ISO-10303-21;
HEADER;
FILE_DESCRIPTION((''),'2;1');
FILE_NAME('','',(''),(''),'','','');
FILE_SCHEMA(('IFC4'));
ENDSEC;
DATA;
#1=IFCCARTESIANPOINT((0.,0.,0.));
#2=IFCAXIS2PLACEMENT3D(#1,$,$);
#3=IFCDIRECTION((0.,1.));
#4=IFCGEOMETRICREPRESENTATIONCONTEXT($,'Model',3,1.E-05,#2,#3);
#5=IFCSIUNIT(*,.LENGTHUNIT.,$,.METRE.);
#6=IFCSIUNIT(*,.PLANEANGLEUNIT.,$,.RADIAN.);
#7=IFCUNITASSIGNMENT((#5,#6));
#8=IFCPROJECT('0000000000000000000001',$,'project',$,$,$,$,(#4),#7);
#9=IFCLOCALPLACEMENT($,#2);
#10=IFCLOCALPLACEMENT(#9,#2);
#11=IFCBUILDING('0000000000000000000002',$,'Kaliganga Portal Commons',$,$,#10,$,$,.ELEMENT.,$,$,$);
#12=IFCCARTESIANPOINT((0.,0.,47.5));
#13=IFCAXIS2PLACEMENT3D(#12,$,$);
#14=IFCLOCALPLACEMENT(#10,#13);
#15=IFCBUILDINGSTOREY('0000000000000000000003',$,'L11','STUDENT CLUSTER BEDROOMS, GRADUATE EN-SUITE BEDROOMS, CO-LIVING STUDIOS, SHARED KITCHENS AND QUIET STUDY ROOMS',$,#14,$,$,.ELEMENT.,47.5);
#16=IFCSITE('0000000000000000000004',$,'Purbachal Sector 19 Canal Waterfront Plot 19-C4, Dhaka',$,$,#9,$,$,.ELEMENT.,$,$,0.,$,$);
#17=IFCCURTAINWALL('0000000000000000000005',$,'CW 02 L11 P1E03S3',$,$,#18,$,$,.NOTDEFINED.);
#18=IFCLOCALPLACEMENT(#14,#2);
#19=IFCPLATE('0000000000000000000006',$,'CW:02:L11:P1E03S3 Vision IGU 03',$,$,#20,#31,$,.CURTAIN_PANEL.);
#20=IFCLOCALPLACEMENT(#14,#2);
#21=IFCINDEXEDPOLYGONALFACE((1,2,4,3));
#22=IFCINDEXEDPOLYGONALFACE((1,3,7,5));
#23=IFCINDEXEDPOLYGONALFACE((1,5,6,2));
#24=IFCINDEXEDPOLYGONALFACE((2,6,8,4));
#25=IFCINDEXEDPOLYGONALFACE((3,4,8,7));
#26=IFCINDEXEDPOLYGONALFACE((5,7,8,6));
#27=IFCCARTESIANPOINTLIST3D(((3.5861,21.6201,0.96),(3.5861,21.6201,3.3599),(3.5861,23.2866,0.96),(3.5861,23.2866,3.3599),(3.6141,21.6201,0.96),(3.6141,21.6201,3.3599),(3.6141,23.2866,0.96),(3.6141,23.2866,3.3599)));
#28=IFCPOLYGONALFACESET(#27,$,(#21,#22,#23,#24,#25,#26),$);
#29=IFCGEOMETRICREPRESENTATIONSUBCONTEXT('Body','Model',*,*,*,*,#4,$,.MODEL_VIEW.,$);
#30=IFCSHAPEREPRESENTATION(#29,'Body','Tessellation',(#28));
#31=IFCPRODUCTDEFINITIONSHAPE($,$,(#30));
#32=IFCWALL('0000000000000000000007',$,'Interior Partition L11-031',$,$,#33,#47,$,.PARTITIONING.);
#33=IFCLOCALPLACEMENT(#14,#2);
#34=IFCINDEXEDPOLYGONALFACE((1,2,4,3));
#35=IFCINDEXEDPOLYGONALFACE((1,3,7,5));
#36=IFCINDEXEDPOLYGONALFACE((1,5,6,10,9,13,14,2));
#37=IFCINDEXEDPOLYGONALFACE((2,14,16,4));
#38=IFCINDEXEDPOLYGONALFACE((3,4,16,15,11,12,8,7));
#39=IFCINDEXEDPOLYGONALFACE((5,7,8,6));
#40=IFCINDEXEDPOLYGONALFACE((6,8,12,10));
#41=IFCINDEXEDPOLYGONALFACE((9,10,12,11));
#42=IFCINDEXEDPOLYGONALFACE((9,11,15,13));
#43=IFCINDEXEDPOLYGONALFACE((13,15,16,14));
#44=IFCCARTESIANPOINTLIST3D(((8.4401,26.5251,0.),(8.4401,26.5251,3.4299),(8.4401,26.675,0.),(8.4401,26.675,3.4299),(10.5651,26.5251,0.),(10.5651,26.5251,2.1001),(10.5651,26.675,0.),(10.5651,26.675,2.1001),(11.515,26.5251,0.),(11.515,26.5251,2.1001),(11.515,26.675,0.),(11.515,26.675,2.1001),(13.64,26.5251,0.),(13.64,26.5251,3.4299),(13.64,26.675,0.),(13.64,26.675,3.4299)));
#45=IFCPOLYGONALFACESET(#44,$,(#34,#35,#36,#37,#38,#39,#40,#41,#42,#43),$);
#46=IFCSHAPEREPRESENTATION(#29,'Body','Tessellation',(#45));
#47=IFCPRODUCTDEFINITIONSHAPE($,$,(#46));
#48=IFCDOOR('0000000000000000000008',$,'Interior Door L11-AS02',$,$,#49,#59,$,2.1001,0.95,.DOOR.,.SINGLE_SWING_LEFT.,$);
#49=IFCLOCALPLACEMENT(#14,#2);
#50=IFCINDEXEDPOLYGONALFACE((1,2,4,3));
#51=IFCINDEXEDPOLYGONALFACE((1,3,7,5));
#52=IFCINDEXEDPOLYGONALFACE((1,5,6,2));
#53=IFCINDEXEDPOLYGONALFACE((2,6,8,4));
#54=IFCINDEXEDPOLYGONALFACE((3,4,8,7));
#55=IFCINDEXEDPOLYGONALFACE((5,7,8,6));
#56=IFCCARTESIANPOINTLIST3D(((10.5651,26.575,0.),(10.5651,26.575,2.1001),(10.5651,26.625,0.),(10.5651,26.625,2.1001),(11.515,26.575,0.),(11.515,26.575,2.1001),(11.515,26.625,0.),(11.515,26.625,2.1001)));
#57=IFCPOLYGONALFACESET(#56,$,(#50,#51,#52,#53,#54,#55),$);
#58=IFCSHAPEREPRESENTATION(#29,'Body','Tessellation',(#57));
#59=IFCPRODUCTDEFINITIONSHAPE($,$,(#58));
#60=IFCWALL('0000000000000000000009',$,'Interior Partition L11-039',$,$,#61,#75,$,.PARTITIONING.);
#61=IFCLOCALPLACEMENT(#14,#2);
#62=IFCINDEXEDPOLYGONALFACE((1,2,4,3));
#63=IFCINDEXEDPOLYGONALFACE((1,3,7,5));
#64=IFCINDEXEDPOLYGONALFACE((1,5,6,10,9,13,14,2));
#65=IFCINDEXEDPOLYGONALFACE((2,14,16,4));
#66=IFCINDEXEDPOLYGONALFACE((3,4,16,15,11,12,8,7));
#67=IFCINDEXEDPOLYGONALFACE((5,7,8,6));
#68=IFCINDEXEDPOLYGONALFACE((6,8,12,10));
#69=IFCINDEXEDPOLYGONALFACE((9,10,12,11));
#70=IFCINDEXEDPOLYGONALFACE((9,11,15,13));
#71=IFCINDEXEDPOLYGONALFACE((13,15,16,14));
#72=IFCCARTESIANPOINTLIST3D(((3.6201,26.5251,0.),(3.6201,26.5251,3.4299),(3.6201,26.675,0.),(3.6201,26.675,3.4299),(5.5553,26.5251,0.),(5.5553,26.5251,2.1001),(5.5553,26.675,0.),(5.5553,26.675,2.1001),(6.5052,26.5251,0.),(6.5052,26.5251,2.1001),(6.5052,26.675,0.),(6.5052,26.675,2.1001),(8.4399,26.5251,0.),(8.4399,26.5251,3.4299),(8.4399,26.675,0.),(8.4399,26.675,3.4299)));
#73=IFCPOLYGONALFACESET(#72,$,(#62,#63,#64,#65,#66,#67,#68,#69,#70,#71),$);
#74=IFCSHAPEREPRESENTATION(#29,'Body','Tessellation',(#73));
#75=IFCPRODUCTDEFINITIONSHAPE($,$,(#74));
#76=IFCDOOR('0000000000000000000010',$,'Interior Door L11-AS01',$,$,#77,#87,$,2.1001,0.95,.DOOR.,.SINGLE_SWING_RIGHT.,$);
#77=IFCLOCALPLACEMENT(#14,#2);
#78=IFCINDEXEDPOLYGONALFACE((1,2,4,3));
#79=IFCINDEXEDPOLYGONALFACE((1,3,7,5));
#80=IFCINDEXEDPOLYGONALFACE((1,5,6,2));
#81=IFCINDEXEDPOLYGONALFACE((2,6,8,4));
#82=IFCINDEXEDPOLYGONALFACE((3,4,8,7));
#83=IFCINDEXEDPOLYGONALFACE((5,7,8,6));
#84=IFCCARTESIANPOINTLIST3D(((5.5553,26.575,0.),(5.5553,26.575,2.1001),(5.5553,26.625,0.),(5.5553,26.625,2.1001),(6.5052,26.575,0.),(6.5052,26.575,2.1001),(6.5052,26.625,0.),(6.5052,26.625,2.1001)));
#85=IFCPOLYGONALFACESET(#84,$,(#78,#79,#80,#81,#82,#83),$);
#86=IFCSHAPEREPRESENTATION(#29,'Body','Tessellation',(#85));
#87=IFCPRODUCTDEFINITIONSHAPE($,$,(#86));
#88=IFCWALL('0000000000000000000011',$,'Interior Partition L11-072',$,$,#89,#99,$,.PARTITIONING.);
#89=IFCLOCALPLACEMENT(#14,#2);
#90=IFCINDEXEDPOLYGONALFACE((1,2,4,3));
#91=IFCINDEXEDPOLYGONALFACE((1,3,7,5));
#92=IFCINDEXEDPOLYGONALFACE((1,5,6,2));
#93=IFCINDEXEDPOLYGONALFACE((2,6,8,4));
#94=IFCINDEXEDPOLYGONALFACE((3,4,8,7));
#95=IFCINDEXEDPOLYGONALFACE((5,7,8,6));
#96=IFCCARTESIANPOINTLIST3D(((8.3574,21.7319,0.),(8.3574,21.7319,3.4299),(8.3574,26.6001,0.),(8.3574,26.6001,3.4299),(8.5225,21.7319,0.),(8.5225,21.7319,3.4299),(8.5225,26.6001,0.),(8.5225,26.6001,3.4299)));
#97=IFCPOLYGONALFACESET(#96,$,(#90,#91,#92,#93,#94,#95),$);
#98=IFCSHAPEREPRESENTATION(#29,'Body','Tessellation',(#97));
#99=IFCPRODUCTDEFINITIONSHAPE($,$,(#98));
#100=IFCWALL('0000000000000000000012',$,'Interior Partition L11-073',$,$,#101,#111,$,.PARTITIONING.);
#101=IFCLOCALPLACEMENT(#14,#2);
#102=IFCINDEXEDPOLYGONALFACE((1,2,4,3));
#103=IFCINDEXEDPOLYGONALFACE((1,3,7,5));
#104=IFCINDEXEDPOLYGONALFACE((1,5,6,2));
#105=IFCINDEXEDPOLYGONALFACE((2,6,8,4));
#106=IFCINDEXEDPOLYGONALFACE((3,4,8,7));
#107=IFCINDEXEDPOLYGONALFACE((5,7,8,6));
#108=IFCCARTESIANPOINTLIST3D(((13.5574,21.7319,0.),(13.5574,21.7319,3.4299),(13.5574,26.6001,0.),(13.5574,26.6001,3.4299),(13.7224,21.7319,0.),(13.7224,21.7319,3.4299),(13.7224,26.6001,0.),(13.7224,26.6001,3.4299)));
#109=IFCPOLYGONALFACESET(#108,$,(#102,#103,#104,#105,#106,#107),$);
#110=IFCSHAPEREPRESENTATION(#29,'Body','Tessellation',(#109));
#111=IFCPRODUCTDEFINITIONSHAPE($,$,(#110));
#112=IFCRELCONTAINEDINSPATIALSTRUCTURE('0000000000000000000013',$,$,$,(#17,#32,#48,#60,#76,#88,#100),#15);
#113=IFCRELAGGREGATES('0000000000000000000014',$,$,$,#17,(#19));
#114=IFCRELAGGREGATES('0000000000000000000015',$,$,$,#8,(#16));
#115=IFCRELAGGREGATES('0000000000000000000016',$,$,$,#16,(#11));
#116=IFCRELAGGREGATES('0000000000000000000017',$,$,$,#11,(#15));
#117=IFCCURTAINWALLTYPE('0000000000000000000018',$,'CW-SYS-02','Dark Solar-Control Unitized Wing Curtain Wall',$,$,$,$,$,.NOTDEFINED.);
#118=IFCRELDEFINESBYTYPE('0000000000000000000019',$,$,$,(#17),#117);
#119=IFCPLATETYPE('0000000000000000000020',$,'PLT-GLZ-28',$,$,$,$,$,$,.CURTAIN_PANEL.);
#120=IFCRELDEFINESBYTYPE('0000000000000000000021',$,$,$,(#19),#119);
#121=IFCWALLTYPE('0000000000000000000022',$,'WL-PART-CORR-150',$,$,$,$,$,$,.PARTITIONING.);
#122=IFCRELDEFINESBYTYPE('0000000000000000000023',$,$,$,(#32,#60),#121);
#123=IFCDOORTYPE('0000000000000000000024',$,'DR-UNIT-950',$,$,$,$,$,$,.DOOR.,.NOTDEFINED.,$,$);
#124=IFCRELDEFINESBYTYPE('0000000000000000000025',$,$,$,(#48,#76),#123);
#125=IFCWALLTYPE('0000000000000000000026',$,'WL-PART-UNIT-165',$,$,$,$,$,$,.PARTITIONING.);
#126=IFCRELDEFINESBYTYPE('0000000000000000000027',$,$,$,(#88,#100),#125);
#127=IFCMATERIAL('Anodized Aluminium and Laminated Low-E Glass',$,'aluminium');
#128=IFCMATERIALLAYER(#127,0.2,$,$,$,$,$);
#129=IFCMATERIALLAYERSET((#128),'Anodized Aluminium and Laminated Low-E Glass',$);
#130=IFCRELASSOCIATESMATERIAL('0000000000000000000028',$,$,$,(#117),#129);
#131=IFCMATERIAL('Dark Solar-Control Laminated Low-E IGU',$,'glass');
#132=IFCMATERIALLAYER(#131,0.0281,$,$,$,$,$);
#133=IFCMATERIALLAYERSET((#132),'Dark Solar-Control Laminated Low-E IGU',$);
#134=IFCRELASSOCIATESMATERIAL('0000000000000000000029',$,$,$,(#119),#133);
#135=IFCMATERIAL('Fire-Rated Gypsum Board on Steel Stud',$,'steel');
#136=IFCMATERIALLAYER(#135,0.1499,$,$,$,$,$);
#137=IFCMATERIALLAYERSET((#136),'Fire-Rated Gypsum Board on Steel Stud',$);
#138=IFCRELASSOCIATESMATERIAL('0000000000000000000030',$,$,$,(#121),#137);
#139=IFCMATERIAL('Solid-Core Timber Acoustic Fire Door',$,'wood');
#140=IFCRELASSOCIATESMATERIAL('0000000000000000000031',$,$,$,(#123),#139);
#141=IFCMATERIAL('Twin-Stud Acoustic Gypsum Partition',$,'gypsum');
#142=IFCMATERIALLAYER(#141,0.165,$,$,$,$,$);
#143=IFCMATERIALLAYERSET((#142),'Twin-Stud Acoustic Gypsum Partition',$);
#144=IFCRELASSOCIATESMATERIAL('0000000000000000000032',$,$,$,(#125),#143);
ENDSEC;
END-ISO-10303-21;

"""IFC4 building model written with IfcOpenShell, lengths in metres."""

from ifc_helpers import new_model, si_unit, direction, frame, frame_2d, origin, origin_2d, place, context, subcontext, project, spatial, rectangle, extrude, source, transform, mapped, material, layer, layer_set, type_object, element, fill, aggregate, save


model = new_model("IFC4")

# Units and contexts
model_context = context("Model", 3, precision=1e-05, world=origin(), true_north=direction((0.0, 1.0)))
body_context = subcontext(model_context, "Body", "Model", "MODEL_VIEW")
ifc_project = project(units=[si_unit("LENGTHUNIT", "METRE"), si_unit("PLANEANGLEUNIT", "RADIAN")], contexts=[model_context])

# Site, building, storey
site_placement = place(None, origin())
site = spatial("IfcSite", under=ifc_project, at=site_placement, Name="Purbachal Sector 19 Canal Waterfront Plot 19-C4, Dhaka", CompositionType="ELEMENT", RefElevation=0.0)
building_placement = place(site_placement, origin())
building = spatial("IfcBuilding", under=site, at=building_placement, Name="Kaliganga Portal Commons", CompositionType="ELEMENT")
storey_placement = place(building_placement, frame((0.0, 0.0, 47.5)))
storey = spatial("IfcBuildingStorey", under=building, at=storey_placement, Name="L11", Description="STUDENT CLUSTER BEDROOMS, GRADUATE EN-SUITE BEDROOMS, CO-LIVING STUDIOS, SHARED KITCHENS AND QUIET STUDY ROOMS", CompositionType="ELEMENT", Elevation=47.5)

# Curtain wall
ifc_material_1 = material(Name="Anodized Aluminium and Laminated Low-E Glass", Category="aluminium")
ifc_layer_1 = layer(ifc_material_1, 0.2)
ifc_layer_set_1 = layer_set([ifc_layer_1], Name="Anodized Aluminium and Laminated Low-E Glass")
curtain_wall_type = type_object("IfcCurtainWallType", Name="CW-SYS-02", Description="Dark Solar-Control Unitized Wing Curtain Wall", PredefinedType="NOTDEFINED", material=ifc_layer_set_1)
curtain_wall_placement = place(storey_placement, origin())
curtain_wall = element("IfcCurtainWall", 1, at=curtain_wall_placement, inside=storey, type_object=curtain_wall_type, Name="CW 02 L11 P1E03S3", PredefinedType="NOTDEFINED")

# Plate
ifc_material_2 = material(Name="Dark Solar-Control Laminated Low-E IGU", Category="glass")
ifc_layer_2 = layer(ifc_material_2, 0.0281)
ifc_layer_set_2 = layer_set([ifc_layer_2], Name="Dark Solar-Control Laminated Low-E IGU")
plate_type_1 = type_object("IfcPlateType", Name="PLT-GLZ-28", PredefinedType="CURTAIN_PANEL", material=ifc_layer_set_2)
shared_shape_1 = source(origin(), body_context, "Body", "SweptSolid", [
    extrude(rectangle(XDim=1.6665, YDim=0.0281, at=origin_2d()), origin(), (0.0, 0.0, 1.0), 2.3999),
])
plate_1_placement = place(storey_placement, frame((3.6001, 22.4534, 0.96), z_axis=(0.0, 0.0, 1.0), x_axis=(0.0, -1.0, 0.0)))
plate_1 = element("IfcPlate", 2, at=plate_1_placement, type_object=plate_type_1, Name="CW:02:L11:P1E03S3 Vision IGU 03", PredefinedType="CURTAIN_PANEL", context=body_context, shape_type="MappedRepresentation", body=[
    mapped(shared_shape_1, transform((0.0, 0.0, 0.0), x_axis=(1.0, 0.0, 0.0), y_axis=(0.0, 1.0, 0.0), z_axis=(0.0, 0.0, 1.0), scale=1.0)),
])
aggregate(curtain_wall, [plate_1])

# Walls, openings, doors
ifc_material_3 = material(Name="Fire-Rated Gypsum Board on Steel Stud", Category="steel")
ifc_layer_3 = layer(ifc_material_3, 0.1499)
ifc_layer_set_3 = layer_set([ifc_layer_3], Name="Fire-Rated Gypsum Board on Steel Stud")
wall_type_1 = type_object("IfcWallType", Name="WL-PART-CORR-150", PredefinedType="PARTITIONING", material=ifc_layer_set_3)
wall_1_placement = place(storey_placement, frame((8.4399, 26.6001, 0.0), z_axis=(0.0, 0.0, 1.0), x_axis=(1.0, 0.0, 0.0)))
wall_1 = element("IfcWall", 3, at=wall_1_placement, inside=storey, type_object=wall_type_1, Name="Interior Partition L11-031", PredefinedType="PARTITIONING", context=body_context, shape_type="SweptSolid", body=[
    extrude(rectangle(XDim=5.2, YDim=0.1499, at=frame_2d((2.6001, 0.0))), origin(), (0.0, 0.0, 1.0), 3.4299),
])
opening_1_placement = place(wall_1_placement, frame((2.125, 0.0, 0.0)))
opening_1 = element("IfcOpeningElement", 4, at=opening_1_placement, cuts=wall_1, PredefinedType="OPENING", context=body_context, shape_type="SweptSolid", body=[
    extrude(rectangle(XDim=0.95, YDim=2.1001, at=frame_2d((0.4751, 1.05))), frame((0.0, 0.085, 0.0), z_axis=(0.0, -1.0, 0.0), x_axis=(1.0, 0.0, 0.0)), (0.0, 0.0, 1.0), 0.1699),
])
ifc_material_4 = material(Name="Solid-Core Timber Acoustic Fire Door", Category="wood")
door_type = type_object("IfcDoorType", Name="DR-UNIT-950", OperationType="NOTDEFINED", PredefinedType="DOOR", material=ifc_material_4)
door_1_placement = place(opening_1_placement, origin())
door_1 = element("IfcDoor", 5, at=door_1_placement, inside=storey, type_object=door_type, Name="Interior Door L11-AS02", OperationType="SINGLE_SWING_LEFT", OverallHeight=2.1001, OverallWidth=0.95, PredefinedType="DOOR", context=body_context, shape_type="SweptSolid", body=[
    extrude(rectangle(XDim=0.95, YDim=2.1001, at=frame_2d((0.4751, 1.05))), frame((0.0, 0.0249, 0.0), z_axis=(0.0, -1.0, 0.0), x_axis=(1.0, 0.0, 0.0)), (0.0, 0.0, 1.0), 0.05),
])
fill(opening_1, door_1)
wall_2_placement = place(storey_placement, frame((3.6201, 26.6001, 0.0), z_axis=(0.0, 0.0, 1.0), x_axis=(1.0, 0.0, 0.0)))
wall_2 = element("IfcWall", 6, at=wall_2_placement, inside=storey, type_object=wall_type_1, Name="Interior Partition L11-039", PredefinedType="PARTITIONING", context=body_context, shape_type="SweptSolid", body=[
    extrude(rectangle(XDim=4.8198, YDim=0.1499, at=frame_2d((2.4099, 0.0))), origin(), (0.0, 0.0, 1.0), 3.4299),
])
opening_2_placement = place(wall_2_placement, frame((1.9351, 0.0, 0.0)))
opening_2 = element("IfcOpeningElement", 7, at=opening_2_placement, cuts=wall_2, PredefinedType="OPENING", context=body_context, shape_type="SweptSolid", body=[
    extrude(rectangle(XDim=0.95, YDim=2.1001, at=frame_2d((0.4751, 1.05))), frame((0.0, 0.085, 0.0), z_axis=(0.0, -1.0, 0.0), x_axis=(1.0, 0.0, 0.0)), (0.0, 0.0, 1.0), 0.1699),
])
door_2_placement = place(opening_2_placement, origin())
door_2 = element("IfcDoor", 8, at=door_2_placement, inside=storey, type_object=door_type, Name="Interior Door L11-AS01", OperationType="SINGLE_SWING_RIGHT", OverallHeight=2.1001, OverallWidth=0.95, PredefinedType="DOOR", context=body_context, shape_type="SweptSolid", body=[
    extrude(rectangle(XDim=0.95, YDim=2.1001, at=frame_2d((0.4751, 1.05))), frame((0.0, 0.0249, 0.0), z_axis=(0.0, -1.0, 0.0), x_axis=(1.0, 0.0, 0.0)), (0.0, 0.0, 1.0), 0.05),
])
fill(opening_2, door_2)

# Walls
ifc_material_5 = material(Name="Twin-Stud Acoustic Gypsum Partition", Category="gypsum")
ifc_layer_4 = layer(ifc_material_5, 0.165)
ifc_layer_set_4 = layer_set([ifc_layer_4], Name="Twin-Stud Acoustic Gypsum Partition")
wall_type_2 = type_object("IfcWallType", Name="WL-PART-UNIT-165", PredefinedType="PARTITIONING", material=ifc_layer_set_4)
for number, where, z_axis, x_axis, name in (
    (9, (8.4399, 21.7319, 0.0), (0.0, 0.0, 1.0), (0.0, 1.0, 0.0), "Interior Partition L11-072"),
    (10, (13.6399, 21.7319, 0.0), (0.0, 0.0, 1.0), (0.0, 1.0, 0.0), "Interior Partition L11-073"),
):
    element("IfcWall", number, at=place(storey_placement, frame(where, z_axis=z_axis, x_axis=x_axis)), inside=storey, type_object=wall_type_2, Name=name, PredefinedType="PARTITIONING", context=body_context, shape_type="SweptSolid", body=[
        extrude(rectangle(XDim=4.8682, YDim=0.165, at=frame_2d((2.4341, 0.0))), origin(), (0.0, 0.0, 1.0), 3.4299),
    ])

save(model, "model.ifc")
